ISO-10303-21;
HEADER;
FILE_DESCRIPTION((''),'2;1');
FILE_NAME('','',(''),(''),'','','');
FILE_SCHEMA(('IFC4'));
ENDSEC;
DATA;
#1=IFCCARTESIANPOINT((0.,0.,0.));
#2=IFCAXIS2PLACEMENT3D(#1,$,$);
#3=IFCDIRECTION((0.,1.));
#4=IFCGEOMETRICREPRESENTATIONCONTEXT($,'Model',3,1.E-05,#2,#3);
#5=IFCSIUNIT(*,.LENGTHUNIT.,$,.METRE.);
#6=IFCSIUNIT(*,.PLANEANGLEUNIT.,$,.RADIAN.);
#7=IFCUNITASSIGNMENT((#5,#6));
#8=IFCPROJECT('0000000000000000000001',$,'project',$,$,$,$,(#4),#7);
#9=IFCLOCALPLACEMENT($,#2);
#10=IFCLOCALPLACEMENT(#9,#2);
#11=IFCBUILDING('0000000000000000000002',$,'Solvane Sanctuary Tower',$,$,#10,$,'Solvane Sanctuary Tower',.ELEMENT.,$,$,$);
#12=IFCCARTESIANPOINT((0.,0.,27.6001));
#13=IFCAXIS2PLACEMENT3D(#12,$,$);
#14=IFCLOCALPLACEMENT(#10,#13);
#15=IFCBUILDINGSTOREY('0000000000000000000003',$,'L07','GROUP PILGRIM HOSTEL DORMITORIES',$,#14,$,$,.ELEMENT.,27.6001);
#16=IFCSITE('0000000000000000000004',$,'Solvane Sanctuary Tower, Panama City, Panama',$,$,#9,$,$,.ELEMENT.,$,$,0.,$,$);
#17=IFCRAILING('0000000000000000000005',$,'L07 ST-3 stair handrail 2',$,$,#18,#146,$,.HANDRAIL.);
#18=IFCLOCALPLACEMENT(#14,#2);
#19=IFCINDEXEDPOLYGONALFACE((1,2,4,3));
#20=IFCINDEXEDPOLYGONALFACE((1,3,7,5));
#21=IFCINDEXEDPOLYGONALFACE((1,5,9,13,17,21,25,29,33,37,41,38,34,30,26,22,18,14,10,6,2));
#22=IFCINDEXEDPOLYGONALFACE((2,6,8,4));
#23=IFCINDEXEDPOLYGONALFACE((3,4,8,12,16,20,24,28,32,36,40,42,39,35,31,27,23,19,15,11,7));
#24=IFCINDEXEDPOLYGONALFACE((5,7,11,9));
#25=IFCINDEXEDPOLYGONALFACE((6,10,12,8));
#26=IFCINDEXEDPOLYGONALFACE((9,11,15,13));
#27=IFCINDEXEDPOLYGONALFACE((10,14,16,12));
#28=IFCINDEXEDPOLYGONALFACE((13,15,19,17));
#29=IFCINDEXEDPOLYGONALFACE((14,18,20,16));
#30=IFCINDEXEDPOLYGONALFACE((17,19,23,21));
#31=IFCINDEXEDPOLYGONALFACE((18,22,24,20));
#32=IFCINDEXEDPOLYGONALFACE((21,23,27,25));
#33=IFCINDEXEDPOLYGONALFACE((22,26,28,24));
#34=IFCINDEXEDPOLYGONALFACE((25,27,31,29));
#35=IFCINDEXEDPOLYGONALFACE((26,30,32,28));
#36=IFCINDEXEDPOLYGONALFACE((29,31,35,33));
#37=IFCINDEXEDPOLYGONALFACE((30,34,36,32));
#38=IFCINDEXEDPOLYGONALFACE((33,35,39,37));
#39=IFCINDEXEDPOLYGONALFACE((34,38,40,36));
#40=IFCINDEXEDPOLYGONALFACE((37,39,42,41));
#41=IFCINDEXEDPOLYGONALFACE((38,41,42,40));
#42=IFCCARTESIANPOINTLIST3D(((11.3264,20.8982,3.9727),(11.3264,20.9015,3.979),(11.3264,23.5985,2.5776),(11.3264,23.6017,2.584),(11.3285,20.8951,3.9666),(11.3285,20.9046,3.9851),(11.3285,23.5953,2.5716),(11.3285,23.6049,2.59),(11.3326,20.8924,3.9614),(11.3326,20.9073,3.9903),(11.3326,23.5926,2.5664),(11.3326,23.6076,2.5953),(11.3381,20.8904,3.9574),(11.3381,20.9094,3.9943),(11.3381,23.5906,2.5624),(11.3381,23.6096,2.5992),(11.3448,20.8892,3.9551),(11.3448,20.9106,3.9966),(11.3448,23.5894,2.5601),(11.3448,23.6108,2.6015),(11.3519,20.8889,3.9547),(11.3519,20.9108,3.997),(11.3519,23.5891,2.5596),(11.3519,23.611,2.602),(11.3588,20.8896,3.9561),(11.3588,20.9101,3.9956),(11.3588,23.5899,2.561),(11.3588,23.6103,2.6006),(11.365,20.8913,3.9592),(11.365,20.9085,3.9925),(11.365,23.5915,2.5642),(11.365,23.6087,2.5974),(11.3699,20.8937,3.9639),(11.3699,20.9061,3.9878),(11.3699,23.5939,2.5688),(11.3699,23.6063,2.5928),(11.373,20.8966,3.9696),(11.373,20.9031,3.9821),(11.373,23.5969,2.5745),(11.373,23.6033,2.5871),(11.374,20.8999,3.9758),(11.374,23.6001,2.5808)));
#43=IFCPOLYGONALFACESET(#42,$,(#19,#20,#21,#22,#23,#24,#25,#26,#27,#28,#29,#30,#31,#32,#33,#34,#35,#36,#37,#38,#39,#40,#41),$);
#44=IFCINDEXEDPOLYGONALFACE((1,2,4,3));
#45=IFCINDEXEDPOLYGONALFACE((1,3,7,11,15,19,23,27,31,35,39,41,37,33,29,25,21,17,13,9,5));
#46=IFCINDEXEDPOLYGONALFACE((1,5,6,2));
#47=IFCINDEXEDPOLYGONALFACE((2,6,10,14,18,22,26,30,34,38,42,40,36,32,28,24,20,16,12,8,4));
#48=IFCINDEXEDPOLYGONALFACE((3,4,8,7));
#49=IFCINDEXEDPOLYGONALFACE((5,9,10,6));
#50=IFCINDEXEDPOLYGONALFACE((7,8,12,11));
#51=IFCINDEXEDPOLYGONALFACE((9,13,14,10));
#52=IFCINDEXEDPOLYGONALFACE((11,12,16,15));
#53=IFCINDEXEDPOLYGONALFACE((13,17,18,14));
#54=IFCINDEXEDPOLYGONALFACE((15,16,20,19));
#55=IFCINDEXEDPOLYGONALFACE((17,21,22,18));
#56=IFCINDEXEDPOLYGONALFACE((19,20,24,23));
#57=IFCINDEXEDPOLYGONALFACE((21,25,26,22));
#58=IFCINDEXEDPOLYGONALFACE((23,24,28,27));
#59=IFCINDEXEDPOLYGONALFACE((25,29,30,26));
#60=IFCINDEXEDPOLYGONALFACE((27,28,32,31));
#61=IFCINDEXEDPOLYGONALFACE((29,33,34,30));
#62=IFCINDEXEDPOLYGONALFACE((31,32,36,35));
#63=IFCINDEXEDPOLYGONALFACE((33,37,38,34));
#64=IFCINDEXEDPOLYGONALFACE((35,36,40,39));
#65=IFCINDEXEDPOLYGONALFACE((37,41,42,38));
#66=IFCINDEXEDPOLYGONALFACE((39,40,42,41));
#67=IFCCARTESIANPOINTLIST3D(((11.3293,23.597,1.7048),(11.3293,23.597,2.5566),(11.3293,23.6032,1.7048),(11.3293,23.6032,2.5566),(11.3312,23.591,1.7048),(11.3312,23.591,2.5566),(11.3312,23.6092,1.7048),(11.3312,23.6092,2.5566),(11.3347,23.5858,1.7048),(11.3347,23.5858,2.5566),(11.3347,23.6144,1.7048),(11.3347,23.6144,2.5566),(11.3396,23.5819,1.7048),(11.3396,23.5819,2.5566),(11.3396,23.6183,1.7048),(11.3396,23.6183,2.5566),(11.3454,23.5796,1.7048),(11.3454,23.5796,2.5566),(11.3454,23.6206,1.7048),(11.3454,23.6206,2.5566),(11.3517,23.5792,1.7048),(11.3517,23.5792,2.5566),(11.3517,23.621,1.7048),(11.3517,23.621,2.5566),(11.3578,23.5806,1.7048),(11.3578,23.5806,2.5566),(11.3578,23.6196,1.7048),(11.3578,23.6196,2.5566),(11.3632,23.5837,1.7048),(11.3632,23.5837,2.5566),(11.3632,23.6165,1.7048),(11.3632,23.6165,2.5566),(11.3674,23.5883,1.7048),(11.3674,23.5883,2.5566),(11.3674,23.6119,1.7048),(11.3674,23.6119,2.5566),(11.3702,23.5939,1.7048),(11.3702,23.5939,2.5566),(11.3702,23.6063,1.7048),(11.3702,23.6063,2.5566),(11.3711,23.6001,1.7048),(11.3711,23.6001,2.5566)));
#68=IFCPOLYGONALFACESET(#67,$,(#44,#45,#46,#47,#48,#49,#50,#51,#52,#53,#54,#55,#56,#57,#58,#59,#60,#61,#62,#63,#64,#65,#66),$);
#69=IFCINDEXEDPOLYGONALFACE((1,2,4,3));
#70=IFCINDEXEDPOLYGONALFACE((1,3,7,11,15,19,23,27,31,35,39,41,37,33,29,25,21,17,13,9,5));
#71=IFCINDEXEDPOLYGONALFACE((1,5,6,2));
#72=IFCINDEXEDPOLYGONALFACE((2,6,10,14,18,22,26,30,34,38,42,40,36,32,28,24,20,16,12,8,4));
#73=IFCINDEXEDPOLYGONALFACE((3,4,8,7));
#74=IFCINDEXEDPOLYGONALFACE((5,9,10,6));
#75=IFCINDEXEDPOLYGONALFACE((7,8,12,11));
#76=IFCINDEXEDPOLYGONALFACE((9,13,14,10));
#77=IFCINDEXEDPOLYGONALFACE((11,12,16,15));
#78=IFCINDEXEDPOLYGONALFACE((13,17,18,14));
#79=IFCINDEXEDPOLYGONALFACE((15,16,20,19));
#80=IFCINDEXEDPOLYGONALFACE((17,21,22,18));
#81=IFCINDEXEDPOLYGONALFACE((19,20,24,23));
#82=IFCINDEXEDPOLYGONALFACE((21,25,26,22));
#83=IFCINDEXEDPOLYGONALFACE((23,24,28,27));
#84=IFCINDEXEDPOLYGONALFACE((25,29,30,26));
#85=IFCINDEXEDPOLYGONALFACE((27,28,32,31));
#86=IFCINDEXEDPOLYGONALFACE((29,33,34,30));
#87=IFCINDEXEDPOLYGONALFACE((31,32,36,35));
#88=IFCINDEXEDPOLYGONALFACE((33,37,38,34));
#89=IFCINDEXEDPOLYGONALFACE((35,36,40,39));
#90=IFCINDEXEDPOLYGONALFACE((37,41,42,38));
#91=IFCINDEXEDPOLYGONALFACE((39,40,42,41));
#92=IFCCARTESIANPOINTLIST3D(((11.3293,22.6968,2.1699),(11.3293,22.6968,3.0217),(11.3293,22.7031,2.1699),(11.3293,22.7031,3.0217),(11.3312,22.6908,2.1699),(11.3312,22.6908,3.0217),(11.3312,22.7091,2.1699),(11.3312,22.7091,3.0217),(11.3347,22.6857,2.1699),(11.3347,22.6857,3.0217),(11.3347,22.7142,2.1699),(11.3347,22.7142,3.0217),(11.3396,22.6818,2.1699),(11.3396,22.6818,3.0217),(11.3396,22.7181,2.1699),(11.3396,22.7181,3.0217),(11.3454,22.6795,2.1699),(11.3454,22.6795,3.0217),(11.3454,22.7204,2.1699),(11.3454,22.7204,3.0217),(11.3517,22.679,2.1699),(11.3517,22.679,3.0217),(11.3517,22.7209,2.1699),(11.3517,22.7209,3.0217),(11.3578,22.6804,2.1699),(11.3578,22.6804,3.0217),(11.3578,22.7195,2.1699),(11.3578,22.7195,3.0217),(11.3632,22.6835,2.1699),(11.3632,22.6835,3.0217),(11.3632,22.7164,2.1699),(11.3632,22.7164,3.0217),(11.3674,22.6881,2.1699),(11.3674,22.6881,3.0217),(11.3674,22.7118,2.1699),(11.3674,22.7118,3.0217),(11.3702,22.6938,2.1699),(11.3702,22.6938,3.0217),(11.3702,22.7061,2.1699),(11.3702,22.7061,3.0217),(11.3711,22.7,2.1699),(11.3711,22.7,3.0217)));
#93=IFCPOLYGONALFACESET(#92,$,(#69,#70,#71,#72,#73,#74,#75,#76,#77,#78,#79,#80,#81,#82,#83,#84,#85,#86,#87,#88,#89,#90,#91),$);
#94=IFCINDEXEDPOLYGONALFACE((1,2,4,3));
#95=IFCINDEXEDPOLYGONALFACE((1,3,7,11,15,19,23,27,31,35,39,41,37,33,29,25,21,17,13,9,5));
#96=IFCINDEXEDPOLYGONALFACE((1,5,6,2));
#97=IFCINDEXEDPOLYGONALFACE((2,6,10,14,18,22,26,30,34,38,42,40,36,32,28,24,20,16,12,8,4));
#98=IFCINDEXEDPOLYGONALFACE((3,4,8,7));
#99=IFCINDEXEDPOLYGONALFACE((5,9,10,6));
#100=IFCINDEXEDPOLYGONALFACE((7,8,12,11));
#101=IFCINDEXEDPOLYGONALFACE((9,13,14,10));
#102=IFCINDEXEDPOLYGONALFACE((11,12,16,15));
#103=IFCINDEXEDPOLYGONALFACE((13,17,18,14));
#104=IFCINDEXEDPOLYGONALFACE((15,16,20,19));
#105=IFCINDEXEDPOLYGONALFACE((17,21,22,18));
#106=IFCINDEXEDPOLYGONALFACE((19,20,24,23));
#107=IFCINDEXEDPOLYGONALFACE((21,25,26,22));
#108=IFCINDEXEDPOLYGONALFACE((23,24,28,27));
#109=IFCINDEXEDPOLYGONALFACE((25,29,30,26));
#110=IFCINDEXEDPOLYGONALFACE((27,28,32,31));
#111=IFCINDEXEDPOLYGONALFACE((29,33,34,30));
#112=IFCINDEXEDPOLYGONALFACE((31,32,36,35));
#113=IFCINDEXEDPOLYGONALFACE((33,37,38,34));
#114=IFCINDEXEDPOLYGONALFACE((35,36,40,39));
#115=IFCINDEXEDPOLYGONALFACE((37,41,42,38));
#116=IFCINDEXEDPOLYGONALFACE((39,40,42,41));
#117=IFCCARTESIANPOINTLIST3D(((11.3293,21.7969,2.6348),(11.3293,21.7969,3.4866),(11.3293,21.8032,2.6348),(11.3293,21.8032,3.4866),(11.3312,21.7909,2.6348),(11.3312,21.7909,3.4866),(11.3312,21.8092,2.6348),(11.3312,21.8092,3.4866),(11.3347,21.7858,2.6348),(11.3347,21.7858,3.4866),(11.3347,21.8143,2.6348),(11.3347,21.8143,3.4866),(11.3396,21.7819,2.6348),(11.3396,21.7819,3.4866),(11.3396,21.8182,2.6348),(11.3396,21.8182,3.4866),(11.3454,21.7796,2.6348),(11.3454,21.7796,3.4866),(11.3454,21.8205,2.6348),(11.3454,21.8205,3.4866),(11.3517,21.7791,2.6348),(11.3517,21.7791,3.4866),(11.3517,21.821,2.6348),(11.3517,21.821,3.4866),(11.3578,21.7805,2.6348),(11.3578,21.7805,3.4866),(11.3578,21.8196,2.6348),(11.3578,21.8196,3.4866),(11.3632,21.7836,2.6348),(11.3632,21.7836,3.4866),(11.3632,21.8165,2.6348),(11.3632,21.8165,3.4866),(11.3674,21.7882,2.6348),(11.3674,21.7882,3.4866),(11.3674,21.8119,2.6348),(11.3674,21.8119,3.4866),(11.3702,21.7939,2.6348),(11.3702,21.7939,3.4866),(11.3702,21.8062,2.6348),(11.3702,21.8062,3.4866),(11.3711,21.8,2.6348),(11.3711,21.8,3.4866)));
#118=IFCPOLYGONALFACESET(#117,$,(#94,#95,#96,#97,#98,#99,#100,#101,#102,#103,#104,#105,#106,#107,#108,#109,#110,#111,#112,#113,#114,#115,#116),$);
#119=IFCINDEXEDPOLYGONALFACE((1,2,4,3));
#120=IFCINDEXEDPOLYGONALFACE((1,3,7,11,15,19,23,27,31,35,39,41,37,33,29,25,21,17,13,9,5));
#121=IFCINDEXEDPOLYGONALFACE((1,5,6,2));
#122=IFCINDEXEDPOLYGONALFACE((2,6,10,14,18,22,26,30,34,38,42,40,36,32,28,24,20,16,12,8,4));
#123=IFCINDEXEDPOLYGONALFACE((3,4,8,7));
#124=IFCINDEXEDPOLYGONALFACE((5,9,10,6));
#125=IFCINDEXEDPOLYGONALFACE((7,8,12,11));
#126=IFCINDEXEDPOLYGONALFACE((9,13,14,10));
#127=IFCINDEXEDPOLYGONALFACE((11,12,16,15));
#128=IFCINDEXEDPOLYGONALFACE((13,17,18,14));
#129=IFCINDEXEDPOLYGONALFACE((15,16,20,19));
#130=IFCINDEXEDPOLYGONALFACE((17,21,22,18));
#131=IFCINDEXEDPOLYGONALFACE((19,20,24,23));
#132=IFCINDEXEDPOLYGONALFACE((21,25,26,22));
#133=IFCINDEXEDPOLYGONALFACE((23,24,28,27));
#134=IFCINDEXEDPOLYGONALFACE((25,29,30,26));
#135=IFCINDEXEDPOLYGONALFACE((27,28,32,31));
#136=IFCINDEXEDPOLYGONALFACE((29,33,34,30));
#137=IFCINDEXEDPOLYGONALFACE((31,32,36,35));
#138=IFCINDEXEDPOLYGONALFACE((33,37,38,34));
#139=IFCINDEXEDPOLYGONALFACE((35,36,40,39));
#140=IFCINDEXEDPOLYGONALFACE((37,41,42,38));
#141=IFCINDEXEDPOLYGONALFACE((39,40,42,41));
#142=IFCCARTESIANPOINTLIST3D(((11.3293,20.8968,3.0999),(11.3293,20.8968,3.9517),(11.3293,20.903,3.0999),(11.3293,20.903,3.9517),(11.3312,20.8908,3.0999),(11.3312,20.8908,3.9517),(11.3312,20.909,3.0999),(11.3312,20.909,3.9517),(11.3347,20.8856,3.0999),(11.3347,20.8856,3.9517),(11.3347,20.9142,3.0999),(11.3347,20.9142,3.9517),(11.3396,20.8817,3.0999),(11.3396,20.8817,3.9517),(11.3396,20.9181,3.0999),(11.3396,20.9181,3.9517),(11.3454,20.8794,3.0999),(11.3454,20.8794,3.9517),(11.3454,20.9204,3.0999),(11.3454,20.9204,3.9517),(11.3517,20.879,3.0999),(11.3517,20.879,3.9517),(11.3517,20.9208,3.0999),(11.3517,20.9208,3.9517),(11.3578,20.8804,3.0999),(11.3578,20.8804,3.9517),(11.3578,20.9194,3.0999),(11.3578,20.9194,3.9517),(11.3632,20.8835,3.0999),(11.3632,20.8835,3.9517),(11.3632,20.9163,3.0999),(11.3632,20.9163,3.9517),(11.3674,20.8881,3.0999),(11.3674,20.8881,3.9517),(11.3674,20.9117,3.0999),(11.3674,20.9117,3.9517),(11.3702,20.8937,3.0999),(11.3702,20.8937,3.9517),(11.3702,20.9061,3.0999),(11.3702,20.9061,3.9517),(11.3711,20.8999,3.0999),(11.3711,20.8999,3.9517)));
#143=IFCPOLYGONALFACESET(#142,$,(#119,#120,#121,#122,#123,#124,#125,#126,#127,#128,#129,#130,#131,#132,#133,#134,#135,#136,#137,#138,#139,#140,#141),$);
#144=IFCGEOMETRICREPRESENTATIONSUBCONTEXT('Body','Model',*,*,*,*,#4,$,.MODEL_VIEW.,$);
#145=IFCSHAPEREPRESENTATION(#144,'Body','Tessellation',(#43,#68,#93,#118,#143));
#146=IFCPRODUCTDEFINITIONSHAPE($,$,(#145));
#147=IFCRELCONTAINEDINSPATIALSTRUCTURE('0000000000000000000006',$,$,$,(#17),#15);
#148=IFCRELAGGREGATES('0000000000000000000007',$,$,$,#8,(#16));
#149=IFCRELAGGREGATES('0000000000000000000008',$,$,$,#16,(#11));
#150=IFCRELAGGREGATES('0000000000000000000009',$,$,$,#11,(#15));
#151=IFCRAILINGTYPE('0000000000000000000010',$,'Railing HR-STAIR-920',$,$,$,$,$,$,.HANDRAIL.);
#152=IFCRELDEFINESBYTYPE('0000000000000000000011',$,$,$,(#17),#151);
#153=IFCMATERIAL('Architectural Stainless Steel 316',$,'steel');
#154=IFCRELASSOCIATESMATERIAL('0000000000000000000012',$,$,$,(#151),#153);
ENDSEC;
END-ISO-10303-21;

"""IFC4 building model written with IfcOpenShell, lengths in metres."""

from ifc_helpers import new_model, si_unit, direction, frame, origin, origin_2d, place, context, subcontext, project, spatial, circle, extrude, material, type_object, element, save


model = new_model("IFC4")

# Units and contexts
model_context = context("Model", 3, precision=1e-05, world=origin(), true_north=direction((0.0, 1.0)))
body_context = subcontext(model_context, "Body", "Model", "MODEL_VIEW")
ifc_project = project(units=[si_unit("LENGTHUNIT", "METRE"), si_unit("PLANEANGLEUNIT", "RADIAN")], contexts=[model_context])

# Site, building, storey
site_placement = place(None, origin())
site = spatial("IfcSite", under=ifc_project, at=site_placement, Name="Solvane Sanctuary Tower, Panama City, Panama", CompositionType="ELEMENT", RefElevation=0.0)
building_placement = place(site_placement, origin())
building = spatial("IfcBuilding", under=site, at=building_placement, Name="Solvane Sanctuary Tower", LongName="Solvane Sanctuary Tower", CompositionType="ELEMENT")
storey_placement = place(building_placement, frame((0.0, 0.0, 27.6001)))
storey = spatial("IfcBuildingStorey", under=building, at=storey_placement, Name="L07", Description="GROUP PILGRIM HOSTEL DORMITORIES", CompositionType="ELEMENT", Elevation=27.6001)

# Railing
ifc_material_1 = material(Name="Architectural Stainless Steel 316", Category="steel")
railing_type_1 = type_object("IfcRailingType", Name="Railing HR-STAIR-920", PredefinedType="HANDRAIL", material=ifc_material_1)
railing_1_placement = place(storey_placement, frame((11.3501, 23.6001, 1.7048)))
element("IfcRailing", 1, at=railing_1_placement, inside=storey, type_object=railing_type_1, Name="L07 ST-3 stair handrail 2", PredefinedType="HANDRAIL", context=body_context, shape_type="SweptSolid", body=[
    extrude(circle(Radius=0.0239, at=origin_2d()), frame((0.0, 0.0, 0.876), z_axis=(0.0, -0.888437, 0.458999), x_axis=(1.0, 0.0, 0.0)), (0.0, 0.0, 1.0), 3.0393),
    extrude(circle(Radius=0.021, at=origin_2d()), origin(), (0.0, 0.0, 1.0), 0.8518),
    extrude(circle(Radius=0.021, at=origin_2d()), frame((0.0, -0.9001, 0.4651)), (0.0, 0.0, 1.0), 0.8518),
    extrude(circle(Radius=0.021, at=origin_2d()), frame((0.0, -1.8, 0.9299)), (0.0, 0.0, 1.0), 0.8518),
    extrude(circle(Radius=0.021, at=origin_2d()), frame((0.0, -2.7002, 1.395)), (0.0, 0.0, 1.0), 0.8518),
])

save(model, "model.ifc")
